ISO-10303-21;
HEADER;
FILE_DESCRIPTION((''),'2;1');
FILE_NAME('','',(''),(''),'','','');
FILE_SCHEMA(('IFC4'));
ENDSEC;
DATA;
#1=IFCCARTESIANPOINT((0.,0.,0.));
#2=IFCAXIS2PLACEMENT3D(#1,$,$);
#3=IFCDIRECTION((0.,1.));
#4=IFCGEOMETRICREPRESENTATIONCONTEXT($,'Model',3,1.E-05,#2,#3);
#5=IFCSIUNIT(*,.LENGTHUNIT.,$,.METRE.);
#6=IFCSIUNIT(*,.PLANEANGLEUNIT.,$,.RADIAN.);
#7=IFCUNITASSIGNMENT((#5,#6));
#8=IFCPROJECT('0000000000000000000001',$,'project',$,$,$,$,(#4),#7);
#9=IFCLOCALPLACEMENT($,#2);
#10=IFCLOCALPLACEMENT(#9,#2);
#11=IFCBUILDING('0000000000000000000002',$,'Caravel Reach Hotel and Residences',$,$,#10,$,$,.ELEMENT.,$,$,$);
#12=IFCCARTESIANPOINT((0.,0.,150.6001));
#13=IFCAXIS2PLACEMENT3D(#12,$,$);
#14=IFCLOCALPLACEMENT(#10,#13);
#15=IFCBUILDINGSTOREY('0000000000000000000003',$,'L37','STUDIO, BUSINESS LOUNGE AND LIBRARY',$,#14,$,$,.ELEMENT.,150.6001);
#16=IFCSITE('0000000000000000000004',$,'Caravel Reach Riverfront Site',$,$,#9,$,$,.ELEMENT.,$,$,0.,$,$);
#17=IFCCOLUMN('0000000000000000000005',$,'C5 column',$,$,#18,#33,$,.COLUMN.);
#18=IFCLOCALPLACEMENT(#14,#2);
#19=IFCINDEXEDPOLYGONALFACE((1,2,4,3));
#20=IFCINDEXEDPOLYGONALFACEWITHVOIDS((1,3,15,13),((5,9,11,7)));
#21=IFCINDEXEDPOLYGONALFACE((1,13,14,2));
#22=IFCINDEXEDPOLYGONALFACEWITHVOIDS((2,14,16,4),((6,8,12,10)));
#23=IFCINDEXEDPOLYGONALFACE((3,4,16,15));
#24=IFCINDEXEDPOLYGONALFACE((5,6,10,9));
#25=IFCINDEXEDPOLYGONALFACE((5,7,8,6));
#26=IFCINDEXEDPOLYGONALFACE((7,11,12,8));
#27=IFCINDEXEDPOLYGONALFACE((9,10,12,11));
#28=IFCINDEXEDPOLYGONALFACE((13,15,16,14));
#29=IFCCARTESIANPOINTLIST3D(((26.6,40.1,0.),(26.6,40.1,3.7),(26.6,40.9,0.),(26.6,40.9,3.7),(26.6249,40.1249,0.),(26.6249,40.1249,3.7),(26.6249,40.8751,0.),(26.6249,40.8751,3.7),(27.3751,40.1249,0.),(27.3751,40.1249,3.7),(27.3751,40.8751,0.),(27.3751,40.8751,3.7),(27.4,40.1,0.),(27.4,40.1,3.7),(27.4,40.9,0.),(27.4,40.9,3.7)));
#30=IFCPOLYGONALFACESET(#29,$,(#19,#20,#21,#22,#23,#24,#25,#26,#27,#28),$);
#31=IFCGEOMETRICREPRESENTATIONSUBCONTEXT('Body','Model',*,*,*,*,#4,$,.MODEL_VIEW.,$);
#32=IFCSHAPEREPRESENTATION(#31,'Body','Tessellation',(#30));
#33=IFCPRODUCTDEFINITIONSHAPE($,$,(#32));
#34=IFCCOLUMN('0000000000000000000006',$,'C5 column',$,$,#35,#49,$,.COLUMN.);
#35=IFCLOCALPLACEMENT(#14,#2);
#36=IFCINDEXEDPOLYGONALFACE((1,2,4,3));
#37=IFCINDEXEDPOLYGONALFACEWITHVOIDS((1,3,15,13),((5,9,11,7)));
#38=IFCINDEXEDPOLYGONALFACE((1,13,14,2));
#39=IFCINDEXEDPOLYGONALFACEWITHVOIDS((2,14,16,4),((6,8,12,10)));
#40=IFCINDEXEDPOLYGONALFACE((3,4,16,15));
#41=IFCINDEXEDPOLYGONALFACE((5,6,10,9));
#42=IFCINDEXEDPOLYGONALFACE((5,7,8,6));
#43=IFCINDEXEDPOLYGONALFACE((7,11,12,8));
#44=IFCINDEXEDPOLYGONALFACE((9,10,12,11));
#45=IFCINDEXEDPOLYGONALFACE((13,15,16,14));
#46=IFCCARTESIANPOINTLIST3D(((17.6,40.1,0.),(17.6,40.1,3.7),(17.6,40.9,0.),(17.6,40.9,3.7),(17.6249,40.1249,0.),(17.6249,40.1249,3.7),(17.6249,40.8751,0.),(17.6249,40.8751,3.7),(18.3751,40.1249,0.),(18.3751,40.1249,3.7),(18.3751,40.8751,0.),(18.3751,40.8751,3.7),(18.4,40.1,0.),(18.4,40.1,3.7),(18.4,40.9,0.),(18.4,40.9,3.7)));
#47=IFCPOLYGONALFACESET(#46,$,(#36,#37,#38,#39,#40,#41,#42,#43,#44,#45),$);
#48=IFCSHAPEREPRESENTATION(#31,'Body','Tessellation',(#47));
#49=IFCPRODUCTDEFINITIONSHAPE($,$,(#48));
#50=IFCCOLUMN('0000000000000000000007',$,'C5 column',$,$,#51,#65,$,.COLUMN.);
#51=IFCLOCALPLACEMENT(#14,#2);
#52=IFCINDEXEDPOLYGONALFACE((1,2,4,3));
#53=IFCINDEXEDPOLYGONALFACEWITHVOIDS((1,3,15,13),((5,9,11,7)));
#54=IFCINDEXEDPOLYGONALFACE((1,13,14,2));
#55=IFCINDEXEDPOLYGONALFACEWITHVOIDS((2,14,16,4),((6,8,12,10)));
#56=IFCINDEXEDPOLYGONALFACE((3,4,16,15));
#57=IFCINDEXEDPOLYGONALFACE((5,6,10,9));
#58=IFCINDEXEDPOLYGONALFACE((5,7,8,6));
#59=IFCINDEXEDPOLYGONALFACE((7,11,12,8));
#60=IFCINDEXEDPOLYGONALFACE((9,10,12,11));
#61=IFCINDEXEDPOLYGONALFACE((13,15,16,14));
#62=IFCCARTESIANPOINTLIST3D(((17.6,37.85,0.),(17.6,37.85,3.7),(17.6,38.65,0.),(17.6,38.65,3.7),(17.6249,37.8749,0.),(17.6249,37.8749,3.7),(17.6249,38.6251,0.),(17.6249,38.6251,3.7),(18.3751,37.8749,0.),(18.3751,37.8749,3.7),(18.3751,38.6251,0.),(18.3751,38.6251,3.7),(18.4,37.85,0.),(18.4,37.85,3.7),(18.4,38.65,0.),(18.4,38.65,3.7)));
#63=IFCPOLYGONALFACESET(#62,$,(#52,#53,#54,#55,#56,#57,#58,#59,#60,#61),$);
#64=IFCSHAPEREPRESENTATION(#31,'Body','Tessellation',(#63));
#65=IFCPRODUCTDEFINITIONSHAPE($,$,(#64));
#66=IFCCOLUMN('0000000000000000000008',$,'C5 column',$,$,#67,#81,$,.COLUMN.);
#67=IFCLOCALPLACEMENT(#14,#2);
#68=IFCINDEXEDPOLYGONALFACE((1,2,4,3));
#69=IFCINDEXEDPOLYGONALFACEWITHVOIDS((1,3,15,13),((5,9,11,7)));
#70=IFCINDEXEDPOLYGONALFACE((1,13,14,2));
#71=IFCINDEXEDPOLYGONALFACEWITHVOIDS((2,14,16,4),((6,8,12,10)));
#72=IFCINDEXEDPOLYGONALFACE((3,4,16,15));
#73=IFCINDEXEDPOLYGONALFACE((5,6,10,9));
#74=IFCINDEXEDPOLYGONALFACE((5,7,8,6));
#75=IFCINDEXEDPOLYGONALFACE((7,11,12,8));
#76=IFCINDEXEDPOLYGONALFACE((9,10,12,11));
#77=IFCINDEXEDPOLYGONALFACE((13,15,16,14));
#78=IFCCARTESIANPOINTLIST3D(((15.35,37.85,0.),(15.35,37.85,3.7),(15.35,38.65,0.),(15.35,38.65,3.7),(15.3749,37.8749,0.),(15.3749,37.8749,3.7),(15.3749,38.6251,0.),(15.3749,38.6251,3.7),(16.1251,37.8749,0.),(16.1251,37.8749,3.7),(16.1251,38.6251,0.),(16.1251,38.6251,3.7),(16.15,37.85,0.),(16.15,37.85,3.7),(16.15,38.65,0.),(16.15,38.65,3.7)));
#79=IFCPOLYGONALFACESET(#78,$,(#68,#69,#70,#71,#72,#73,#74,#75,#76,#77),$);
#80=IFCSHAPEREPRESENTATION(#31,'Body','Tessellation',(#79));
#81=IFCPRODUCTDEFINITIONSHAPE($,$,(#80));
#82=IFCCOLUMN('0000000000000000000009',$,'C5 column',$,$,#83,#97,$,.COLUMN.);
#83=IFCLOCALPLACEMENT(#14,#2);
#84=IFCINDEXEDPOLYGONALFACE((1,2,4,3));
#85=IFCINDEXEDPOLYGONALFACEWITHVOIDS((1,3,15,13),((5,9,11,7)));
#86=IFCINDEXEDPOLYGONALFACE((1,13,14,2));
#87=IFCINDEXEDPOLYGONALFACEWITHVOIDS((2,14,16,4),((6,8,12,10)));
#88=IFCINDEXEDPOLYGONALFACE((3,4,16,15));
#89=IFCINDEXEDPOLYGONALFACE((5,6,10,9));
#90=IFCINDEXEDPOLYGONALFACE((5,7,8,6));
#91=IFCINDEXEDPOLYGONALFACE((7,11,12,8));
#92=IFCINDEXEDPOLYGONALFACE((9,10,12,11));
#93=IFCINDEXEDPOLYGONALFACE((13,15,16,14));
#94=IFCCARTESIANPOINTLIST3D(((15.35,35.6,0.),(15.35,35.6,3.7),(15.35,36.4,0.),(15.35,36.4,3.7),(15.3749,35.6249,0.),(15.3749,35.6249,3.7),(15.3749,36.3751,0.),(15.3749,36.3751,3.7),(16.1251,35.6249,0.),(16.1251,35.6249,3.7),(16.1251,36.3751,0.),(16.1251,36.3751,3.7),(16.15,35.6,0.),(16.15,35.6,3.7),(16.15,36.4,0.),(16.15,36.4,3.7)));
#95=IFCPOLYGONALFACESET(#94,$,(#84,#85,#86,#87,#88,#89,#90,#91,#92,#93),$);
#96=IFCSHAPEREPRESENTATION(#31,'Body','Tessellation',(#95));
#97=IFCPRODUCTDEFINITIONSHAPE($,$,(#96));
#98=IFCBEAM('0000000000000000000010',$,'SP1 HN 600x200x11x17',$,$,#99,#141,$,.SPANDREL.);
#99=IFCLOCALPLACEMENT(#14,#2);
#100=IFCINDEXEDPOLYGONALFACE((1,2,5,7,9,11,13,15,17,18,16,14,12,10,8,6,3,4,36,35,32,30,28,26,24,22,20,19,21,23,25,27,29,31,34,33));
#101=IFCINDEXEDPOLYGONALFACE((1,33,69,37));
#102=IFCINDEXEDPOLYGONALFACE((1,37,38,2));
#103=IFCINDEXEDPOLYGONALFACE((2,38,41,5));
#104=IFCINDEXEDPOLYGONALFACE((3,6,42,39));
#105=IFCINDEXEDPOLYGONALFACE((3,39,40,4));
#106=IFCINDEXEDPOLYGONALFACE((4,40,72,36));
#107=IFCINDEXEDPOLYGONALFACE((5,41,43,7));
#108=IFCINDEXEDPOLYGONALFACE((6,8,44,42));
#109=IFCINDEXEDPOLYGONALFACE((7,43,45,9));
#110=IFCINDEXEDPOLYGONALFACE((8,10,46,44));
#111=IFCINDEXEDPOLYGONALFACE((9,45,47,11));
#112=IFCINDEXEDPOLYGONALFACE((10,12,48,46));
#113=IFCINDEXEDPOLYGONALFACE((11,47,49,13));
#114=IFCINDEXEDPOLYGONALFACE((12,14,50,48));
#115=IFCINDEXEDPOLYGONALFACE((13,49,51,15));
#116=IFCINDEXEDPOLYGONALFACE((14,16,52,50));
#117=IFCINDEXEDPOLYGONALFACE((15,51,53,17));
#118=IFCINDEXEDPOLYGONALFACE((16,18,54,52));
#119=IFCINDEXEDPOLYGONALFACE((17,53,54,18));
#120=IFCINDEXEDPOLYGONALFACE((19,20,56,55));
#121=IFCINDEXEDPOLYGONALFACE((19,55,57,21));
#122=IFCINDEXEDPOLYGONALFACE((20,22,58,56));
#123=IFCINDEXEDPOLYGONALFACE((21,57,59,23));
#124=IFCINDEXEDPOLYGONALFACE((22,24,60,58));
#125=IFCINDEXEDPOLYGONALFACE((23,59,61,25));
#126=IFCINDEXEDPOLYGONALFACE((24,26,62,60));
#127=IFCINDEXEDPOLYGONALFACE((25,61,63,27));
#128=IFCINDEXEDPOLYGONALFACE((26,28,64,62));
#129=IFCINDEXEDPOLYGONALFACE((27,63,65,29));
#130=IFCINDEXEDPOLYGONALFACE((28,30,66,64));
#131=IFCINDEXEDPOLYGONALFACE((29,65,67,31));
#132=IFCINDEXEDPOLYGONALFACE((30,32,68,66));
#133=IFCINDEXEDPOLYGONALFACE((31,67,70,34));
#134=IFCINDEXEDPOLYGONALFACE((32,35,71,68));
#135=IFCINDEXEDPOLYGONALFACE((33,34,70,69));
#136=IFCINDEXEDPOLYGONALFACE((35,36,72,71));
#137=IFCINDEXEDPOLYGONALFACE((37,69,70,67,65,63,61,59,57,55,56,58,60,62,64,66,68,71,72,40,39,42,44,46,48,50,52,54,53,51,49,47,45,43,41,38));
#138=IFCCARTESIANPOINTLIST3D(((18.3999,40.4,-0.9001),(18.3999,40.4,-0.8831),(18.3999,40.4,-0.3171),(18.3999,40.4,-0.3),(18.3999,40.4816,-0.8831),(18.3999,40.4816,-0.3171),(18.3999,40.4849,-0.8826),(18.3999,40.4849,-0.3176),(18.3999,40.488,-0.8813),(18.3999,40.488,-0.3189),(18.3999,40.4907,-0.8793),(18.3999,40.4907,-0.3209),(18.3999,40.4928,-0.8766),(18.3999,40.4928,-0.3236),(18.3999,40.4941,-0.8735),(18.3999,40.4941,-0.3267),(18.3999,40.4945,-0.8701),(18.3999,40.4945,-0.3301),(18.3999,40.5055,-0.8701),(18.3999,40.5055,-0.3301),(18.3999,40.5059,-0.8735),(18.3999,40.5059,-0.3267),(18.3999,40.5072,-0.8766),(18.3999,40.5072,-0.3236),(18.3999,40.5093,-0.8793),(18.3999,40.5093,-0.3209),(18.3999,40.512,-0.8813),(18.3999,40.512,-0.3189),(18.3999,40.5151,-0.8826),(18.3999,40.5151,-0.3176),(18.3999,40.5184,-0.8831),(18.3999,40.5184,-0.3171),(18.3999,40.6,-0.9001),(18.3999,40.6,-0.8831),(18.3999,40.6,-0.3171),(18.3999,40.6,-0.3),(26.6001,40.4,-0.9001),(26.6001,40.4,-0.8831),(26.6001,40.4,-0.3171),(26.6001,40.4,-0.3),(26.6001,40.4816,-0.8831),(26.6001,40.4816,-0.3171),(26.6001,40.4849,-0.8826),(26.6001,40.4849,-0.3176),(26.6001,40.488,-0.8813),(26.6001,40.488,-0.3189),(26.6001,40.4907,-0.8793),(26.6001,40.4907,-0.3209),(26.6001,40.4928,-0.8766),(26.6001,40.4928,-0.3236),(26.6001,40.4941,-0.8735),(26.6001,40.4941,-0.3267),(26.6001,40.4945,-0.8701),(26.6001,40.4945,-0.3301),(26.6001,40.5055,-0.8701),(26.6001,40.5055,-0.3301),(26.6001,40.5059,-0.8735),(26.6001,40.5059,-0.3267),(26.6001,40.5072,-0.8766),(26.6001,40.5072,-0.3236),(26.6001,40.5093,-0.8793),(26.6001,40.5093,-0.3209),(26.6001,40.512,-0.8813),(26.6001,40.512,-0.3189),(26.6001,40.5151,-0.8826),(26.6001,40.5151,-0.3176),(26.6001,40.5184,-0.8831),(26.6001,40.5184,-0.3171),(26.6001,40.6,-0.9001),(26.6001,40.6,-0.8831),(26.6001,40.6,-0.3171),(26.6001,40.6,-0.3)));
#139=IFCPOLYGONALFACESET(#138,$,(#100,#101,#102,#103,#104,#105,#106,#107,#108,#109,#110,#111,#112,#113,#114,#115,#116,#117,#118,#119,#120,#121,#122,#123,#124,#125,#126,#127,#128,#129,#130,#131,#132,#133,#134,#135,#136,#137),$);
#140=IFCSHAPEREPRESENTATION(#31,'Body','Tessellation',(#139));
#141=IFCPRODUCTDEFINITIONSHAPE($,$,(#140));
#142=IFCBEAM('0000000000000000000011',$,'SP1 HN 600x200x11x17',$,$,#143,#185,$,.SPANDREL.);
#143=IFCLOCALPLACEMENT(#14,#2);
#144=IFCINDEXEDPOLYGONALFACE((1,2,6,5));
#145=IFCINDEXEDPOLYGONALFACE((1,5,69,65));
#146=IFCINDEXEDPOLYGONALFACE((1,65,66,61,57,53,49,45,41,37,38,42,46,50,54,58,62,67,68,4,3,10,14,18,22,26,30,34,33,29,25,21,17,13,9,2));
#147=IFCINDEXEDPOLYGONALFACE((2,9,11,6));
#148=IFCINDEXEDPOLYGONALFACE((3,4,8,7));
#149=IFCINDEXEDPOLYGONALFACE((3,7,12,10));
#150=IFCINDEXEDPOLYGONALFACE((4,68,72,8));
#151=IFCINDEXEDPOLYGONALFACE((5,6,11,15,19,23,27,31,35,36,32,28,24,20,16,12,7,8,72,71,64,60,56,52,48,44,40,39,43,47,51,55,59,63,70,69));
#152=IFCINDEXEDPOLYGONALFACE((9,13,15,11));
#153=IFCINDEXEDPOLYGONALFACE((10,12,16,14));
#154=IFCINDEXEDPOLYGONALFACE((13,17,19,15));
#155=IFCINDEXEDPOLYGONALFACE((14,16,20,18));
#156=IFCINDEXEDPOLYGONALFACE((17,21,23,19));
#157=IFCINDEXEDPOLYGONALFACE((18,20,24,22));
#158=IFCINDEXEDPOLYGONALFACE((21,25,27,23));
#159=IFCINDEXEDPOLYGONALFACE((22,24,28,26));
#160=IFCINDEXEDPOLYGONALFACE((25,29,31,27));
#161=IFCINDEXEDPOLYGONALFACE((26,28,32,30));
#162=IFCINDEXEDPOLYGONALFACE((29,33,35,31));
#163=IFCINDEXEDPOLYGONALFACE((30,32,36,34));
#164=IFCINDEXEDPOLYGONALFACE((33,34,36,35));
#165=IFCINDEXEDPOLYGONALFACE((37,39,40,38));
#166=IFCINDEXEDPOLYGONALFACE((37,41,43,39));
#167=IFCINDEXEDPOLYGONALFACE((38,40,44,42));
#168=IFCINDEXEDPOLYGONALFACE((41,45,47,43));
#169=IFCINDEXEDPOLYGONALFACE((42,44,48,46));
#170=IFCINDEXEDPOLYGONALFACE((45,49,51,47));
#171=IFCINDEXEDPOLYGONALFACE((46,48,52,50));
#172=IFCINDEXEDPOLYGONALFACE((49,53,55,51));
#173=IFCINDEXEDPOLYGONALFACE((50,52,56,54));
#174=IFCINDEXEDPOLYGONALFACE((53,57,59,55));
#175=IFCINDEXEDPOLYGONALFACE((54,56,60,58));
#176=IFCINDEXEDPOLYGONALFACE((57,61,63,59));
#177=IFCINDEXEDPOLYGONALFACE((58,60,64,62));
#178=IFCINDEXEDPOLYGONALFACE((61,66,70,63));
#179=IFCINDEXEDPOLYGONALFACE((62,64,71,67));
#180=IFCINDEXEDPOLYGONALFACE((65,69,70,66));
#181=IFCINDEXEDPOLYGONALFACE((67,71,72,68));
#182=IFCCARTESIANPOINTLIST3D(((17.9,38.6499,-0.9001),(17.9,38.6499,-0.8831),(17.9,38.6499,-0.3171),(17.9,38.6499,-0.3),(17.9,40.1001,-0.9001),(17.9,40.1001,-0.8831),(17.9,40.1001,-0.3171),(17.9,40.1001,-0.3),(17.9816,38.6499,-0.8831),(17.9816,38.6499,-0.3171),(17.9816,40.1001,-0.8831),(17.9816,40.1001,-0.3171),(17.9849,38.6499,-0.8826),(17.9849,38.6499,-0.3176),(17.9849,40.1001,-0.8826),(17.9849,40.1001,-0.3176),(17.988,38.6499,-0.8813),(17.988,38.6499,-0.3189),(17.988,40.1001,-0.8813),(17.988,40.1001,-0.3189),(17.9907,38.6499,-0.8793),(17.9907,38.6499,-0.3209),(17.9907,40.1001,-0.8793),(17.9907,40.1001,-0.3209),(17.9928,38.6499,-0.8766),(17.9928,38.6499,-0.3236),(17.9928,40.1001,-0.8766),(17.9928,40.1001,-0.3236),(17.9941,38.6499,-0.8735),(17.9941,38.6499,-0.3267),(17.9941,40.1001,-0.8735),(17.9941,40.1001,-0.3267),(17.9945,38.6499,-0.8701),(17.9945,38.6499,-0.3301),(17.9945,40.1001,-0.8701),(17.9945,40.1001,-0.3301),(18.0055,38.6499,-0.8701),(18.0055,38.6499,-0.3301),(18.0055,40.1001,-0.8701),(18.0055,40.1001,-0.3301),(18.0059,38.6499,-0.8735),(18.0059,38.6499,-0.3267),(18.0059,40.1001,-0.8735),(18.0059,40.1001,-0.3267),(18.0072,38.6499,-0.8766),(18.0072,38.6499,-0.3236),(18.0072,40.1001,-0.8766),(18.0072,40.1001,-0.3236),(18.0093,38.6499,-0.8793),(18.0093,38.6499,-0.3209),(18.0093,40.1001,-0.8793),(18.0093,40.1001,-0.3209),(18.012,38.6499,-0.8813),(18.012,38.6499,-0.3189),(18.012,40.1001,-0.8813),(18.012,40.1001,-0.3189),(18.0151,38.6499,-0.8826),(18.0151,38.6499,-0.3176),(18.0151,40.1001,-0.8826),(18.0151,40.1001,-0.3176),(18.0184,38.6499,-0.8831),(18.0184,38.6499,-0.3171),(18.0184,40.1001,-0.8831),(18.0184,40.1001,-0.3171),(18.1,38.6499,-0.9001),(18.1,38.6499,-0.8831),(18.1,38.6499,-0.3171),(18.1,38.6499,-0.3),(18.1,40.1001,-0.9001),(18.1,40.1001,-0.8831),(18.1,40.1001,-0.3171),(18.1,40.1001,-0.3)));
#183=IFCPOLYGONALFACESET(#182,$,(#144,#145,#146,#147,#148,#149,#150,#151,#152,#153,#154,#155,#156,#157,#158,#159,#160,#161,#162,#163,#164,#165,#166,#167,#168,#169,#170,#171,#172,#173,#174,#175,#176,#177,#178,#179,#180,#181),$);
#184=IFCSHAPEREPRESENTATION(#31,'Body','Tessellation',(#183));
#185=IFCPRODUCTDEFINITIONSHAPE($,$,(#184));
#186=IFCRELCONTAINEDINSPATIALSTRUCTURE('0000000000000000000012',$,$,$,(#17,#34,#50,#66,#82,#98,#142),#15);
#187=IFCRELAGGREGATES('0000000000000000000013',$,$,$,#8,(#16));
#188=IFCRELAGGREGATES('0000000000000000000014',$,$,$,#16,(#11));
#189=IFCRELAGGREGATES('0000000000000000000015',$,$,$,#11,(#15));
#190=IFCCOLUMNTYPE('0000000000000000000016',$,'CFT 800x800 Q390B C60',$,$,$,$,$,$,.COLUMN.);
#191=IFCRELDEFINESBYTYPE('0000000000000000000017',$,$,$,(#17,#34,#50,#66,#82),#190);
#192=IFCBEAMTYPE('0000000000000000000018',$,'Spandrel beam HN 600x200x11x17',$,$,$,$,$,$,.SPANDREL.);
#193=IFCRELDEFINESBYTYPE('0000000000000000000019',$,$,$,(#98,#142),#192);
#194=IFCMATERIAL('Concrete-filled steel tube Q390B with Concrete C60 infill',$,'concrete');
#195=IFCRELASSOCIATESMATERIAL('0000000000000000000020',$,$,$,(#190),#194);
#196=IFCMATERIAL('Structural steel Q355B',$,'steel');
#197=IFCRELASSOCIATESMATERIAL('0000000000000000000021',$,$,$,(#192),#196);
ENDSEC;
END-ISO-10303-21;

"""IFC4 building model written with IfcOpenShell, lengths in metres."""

from ifc_helpers import new_model, si_unit, direction, frame, origin, origin_2d, place, context, subcontext, project, spatial, hollow_rectangle, i_section, extrude, material, material_profile, profile_set, type_object, element, save


model = new_model("IFC4")

# Units and contexts
model_context = context("Model", 3, precision=1e-05, world=origin(), true_north=direction((0.0, 1.0)))
body_context = subcontext(model_context, "Body", "Model", "MODEL_VIEW")
ifc_project = project(units=[si_unit("LENGTHUNIT", "METRE"), si_unit("PLANEANGLEUNIT", "RADIAN")], contexts=[model_context])

# Site, building, storey
site_placement = place(None, origin())
site = spatial("IfcSite", under=ifc_project, at=site_placement, Name="Caravel Reach Riverfront Site", CompositionType="ELEMENT", RefElevation=0.0)
building_placement = place(site_placement, origin())
building = spatial("IfcBuilding", under=site, at=building_placement, Name="Caravel Reach Hotel and Residences", CompositionType="ELEMENT")
storey_placement = place(building_placement, frame((0.0, 0.0, 150.6001)))
storey = spatial("IfcBuildingStorey", under=building, at=storey_placement, Name="L37", Description="STUDIO, BUSINESS LOUNGE AND LIBRARY", CompositionType="ELEMENT", Elevation=150.6001)

# Columns
ifc_material_1 = material(Name="Concrete-filled steel tube Q390B with Concrete C60 infill", Category="concrete")
ifc_material_profile_1 = material_profile(ifc_material_1, hollow_rectangle(XDim=0.8, YDim=0.8, WallThickness=0.0249, at=origin_2d()), Name="RHS 800x800x25")
ifc_profile_set_1 = profile_set([ifc_material_profile_1], Name="Concrete-filled steel tube Q390B with Concrete C60 infill")
column_type = type_object("IfcColumnType", Name="CFT 800x800 Q390B C60", PredefinedType="COLUMN", material=ifc_profile_set_1)
for number, where, z_axis, x_axis, name in (
    (1, (27.0, 40.5, 0.0), (0.0, 0.0, 1.0), (1.0, 0.0, 0.0), "C5 column"),
    (2, (18.0, 40.5, 0.0), (0.0, 0.0, 1.0), (1.0, 0.0, 0.0), "C5 column"),
    (3, (18.0, 38.25, 0.0), (0.0, 0.0, 1.0), (1.0, 0.0, 0.0), "C5 column"),
    (4, (15.75, 38.25, 0.0), (0.0, 0.0, 1.0), (1.0, 0.0, 0.0), "C5 column"),
    (5, (15.75, 36.0, 0.0), (0.0, 0.0, 1.0), (1.0, 0.0, 0.0), "C5 column"),
):
    element("IfcColumn", number, at=place(storey_placement, frame(where, z_axis=z_axis, x_axis=x_axis)), inside=storey, type_object=column_type, Name=name, PredefinedType="COLUMN", context=body_context, shape_type="SweptSolid", body=[
        extrude(hollow_rectangle(XDim=0.8, YDim=0.8, WallThickness=0.0249, at=origin_2d()), origin(), (0.0, 0.0, 1.0), 3.7),
    ])

# Beams
ifc_material_2 = material(Name="Structural steel Q355B", Category="steel")
ifc_material_profile_2 = material_profile(ifc_material_2, i_section(OverallWidth=0.2, OverallDepth=0.6001, WebThickness=0.011, FlangeThickness=0.0171, FilletRadius=0.0129, at=origin_2d()), Name="HN 600x200x11x17")
ifc_profile_set_2 = profile_set([ifc_material_profile_2], Name="Structural steel Q355B")
beam_type = type_object("IfcBeamType", Name="Spandrel beam HN 600x200x11x17", PredefinedType="SPANDREL", material=ifc_profile_set_2)
beam_placement = place(storey_placement, frame((26.6001, 40.5, -0.6001), z_axis=(-1.0, 0.0, 0.0), x_axis=(0.0, -1.0, 0.0)))
element("IfcBeam", 6, at=beam_placement, inside=storey, type_object=beam_type, Name="SP1 HN 600x200x11x17", PredefinedType="SPANDREL", context=body_context, shape_type="SweptSolid", body=[
    extrude(i_section(OverallWidth=0.2, OverallDepth=0.6001, WebThickness=0.011, FlangeThickness=0.0171, FilletRadius=0.0129, at=origin_2d()), origin(), (0.0, 0.0, 1.0), 8.2002),
])
for number, where, z_axis, x_axis, name in (
    (7, (18.0, 40.1001, -0.6001), (0.0, -1.0, 0.0), (1.0, 0.0, 0.0), "SP1 HN 600x200x11x17"),
):
    element("IfcBeam", number, at=place(storey_placement, frame(where, z_axis=z_axis, x_axis=x_axis)), inside=storey, type_object=beam_type, Name=name, PredefinedType="SPANDREL", context=body_context, shape_type="SweptSolid", body=[
        extrude(i_section(OverallWidth=0.2, OverallDepth=0.6001, WebThickness=0.011, FlangeThickness=0.0171, FilletRadius=0.0129, at=origin_2d()), origin(), (0.0, 0.0, 1.0), 1.4502),
    ])

save(model, "model.ifc")
